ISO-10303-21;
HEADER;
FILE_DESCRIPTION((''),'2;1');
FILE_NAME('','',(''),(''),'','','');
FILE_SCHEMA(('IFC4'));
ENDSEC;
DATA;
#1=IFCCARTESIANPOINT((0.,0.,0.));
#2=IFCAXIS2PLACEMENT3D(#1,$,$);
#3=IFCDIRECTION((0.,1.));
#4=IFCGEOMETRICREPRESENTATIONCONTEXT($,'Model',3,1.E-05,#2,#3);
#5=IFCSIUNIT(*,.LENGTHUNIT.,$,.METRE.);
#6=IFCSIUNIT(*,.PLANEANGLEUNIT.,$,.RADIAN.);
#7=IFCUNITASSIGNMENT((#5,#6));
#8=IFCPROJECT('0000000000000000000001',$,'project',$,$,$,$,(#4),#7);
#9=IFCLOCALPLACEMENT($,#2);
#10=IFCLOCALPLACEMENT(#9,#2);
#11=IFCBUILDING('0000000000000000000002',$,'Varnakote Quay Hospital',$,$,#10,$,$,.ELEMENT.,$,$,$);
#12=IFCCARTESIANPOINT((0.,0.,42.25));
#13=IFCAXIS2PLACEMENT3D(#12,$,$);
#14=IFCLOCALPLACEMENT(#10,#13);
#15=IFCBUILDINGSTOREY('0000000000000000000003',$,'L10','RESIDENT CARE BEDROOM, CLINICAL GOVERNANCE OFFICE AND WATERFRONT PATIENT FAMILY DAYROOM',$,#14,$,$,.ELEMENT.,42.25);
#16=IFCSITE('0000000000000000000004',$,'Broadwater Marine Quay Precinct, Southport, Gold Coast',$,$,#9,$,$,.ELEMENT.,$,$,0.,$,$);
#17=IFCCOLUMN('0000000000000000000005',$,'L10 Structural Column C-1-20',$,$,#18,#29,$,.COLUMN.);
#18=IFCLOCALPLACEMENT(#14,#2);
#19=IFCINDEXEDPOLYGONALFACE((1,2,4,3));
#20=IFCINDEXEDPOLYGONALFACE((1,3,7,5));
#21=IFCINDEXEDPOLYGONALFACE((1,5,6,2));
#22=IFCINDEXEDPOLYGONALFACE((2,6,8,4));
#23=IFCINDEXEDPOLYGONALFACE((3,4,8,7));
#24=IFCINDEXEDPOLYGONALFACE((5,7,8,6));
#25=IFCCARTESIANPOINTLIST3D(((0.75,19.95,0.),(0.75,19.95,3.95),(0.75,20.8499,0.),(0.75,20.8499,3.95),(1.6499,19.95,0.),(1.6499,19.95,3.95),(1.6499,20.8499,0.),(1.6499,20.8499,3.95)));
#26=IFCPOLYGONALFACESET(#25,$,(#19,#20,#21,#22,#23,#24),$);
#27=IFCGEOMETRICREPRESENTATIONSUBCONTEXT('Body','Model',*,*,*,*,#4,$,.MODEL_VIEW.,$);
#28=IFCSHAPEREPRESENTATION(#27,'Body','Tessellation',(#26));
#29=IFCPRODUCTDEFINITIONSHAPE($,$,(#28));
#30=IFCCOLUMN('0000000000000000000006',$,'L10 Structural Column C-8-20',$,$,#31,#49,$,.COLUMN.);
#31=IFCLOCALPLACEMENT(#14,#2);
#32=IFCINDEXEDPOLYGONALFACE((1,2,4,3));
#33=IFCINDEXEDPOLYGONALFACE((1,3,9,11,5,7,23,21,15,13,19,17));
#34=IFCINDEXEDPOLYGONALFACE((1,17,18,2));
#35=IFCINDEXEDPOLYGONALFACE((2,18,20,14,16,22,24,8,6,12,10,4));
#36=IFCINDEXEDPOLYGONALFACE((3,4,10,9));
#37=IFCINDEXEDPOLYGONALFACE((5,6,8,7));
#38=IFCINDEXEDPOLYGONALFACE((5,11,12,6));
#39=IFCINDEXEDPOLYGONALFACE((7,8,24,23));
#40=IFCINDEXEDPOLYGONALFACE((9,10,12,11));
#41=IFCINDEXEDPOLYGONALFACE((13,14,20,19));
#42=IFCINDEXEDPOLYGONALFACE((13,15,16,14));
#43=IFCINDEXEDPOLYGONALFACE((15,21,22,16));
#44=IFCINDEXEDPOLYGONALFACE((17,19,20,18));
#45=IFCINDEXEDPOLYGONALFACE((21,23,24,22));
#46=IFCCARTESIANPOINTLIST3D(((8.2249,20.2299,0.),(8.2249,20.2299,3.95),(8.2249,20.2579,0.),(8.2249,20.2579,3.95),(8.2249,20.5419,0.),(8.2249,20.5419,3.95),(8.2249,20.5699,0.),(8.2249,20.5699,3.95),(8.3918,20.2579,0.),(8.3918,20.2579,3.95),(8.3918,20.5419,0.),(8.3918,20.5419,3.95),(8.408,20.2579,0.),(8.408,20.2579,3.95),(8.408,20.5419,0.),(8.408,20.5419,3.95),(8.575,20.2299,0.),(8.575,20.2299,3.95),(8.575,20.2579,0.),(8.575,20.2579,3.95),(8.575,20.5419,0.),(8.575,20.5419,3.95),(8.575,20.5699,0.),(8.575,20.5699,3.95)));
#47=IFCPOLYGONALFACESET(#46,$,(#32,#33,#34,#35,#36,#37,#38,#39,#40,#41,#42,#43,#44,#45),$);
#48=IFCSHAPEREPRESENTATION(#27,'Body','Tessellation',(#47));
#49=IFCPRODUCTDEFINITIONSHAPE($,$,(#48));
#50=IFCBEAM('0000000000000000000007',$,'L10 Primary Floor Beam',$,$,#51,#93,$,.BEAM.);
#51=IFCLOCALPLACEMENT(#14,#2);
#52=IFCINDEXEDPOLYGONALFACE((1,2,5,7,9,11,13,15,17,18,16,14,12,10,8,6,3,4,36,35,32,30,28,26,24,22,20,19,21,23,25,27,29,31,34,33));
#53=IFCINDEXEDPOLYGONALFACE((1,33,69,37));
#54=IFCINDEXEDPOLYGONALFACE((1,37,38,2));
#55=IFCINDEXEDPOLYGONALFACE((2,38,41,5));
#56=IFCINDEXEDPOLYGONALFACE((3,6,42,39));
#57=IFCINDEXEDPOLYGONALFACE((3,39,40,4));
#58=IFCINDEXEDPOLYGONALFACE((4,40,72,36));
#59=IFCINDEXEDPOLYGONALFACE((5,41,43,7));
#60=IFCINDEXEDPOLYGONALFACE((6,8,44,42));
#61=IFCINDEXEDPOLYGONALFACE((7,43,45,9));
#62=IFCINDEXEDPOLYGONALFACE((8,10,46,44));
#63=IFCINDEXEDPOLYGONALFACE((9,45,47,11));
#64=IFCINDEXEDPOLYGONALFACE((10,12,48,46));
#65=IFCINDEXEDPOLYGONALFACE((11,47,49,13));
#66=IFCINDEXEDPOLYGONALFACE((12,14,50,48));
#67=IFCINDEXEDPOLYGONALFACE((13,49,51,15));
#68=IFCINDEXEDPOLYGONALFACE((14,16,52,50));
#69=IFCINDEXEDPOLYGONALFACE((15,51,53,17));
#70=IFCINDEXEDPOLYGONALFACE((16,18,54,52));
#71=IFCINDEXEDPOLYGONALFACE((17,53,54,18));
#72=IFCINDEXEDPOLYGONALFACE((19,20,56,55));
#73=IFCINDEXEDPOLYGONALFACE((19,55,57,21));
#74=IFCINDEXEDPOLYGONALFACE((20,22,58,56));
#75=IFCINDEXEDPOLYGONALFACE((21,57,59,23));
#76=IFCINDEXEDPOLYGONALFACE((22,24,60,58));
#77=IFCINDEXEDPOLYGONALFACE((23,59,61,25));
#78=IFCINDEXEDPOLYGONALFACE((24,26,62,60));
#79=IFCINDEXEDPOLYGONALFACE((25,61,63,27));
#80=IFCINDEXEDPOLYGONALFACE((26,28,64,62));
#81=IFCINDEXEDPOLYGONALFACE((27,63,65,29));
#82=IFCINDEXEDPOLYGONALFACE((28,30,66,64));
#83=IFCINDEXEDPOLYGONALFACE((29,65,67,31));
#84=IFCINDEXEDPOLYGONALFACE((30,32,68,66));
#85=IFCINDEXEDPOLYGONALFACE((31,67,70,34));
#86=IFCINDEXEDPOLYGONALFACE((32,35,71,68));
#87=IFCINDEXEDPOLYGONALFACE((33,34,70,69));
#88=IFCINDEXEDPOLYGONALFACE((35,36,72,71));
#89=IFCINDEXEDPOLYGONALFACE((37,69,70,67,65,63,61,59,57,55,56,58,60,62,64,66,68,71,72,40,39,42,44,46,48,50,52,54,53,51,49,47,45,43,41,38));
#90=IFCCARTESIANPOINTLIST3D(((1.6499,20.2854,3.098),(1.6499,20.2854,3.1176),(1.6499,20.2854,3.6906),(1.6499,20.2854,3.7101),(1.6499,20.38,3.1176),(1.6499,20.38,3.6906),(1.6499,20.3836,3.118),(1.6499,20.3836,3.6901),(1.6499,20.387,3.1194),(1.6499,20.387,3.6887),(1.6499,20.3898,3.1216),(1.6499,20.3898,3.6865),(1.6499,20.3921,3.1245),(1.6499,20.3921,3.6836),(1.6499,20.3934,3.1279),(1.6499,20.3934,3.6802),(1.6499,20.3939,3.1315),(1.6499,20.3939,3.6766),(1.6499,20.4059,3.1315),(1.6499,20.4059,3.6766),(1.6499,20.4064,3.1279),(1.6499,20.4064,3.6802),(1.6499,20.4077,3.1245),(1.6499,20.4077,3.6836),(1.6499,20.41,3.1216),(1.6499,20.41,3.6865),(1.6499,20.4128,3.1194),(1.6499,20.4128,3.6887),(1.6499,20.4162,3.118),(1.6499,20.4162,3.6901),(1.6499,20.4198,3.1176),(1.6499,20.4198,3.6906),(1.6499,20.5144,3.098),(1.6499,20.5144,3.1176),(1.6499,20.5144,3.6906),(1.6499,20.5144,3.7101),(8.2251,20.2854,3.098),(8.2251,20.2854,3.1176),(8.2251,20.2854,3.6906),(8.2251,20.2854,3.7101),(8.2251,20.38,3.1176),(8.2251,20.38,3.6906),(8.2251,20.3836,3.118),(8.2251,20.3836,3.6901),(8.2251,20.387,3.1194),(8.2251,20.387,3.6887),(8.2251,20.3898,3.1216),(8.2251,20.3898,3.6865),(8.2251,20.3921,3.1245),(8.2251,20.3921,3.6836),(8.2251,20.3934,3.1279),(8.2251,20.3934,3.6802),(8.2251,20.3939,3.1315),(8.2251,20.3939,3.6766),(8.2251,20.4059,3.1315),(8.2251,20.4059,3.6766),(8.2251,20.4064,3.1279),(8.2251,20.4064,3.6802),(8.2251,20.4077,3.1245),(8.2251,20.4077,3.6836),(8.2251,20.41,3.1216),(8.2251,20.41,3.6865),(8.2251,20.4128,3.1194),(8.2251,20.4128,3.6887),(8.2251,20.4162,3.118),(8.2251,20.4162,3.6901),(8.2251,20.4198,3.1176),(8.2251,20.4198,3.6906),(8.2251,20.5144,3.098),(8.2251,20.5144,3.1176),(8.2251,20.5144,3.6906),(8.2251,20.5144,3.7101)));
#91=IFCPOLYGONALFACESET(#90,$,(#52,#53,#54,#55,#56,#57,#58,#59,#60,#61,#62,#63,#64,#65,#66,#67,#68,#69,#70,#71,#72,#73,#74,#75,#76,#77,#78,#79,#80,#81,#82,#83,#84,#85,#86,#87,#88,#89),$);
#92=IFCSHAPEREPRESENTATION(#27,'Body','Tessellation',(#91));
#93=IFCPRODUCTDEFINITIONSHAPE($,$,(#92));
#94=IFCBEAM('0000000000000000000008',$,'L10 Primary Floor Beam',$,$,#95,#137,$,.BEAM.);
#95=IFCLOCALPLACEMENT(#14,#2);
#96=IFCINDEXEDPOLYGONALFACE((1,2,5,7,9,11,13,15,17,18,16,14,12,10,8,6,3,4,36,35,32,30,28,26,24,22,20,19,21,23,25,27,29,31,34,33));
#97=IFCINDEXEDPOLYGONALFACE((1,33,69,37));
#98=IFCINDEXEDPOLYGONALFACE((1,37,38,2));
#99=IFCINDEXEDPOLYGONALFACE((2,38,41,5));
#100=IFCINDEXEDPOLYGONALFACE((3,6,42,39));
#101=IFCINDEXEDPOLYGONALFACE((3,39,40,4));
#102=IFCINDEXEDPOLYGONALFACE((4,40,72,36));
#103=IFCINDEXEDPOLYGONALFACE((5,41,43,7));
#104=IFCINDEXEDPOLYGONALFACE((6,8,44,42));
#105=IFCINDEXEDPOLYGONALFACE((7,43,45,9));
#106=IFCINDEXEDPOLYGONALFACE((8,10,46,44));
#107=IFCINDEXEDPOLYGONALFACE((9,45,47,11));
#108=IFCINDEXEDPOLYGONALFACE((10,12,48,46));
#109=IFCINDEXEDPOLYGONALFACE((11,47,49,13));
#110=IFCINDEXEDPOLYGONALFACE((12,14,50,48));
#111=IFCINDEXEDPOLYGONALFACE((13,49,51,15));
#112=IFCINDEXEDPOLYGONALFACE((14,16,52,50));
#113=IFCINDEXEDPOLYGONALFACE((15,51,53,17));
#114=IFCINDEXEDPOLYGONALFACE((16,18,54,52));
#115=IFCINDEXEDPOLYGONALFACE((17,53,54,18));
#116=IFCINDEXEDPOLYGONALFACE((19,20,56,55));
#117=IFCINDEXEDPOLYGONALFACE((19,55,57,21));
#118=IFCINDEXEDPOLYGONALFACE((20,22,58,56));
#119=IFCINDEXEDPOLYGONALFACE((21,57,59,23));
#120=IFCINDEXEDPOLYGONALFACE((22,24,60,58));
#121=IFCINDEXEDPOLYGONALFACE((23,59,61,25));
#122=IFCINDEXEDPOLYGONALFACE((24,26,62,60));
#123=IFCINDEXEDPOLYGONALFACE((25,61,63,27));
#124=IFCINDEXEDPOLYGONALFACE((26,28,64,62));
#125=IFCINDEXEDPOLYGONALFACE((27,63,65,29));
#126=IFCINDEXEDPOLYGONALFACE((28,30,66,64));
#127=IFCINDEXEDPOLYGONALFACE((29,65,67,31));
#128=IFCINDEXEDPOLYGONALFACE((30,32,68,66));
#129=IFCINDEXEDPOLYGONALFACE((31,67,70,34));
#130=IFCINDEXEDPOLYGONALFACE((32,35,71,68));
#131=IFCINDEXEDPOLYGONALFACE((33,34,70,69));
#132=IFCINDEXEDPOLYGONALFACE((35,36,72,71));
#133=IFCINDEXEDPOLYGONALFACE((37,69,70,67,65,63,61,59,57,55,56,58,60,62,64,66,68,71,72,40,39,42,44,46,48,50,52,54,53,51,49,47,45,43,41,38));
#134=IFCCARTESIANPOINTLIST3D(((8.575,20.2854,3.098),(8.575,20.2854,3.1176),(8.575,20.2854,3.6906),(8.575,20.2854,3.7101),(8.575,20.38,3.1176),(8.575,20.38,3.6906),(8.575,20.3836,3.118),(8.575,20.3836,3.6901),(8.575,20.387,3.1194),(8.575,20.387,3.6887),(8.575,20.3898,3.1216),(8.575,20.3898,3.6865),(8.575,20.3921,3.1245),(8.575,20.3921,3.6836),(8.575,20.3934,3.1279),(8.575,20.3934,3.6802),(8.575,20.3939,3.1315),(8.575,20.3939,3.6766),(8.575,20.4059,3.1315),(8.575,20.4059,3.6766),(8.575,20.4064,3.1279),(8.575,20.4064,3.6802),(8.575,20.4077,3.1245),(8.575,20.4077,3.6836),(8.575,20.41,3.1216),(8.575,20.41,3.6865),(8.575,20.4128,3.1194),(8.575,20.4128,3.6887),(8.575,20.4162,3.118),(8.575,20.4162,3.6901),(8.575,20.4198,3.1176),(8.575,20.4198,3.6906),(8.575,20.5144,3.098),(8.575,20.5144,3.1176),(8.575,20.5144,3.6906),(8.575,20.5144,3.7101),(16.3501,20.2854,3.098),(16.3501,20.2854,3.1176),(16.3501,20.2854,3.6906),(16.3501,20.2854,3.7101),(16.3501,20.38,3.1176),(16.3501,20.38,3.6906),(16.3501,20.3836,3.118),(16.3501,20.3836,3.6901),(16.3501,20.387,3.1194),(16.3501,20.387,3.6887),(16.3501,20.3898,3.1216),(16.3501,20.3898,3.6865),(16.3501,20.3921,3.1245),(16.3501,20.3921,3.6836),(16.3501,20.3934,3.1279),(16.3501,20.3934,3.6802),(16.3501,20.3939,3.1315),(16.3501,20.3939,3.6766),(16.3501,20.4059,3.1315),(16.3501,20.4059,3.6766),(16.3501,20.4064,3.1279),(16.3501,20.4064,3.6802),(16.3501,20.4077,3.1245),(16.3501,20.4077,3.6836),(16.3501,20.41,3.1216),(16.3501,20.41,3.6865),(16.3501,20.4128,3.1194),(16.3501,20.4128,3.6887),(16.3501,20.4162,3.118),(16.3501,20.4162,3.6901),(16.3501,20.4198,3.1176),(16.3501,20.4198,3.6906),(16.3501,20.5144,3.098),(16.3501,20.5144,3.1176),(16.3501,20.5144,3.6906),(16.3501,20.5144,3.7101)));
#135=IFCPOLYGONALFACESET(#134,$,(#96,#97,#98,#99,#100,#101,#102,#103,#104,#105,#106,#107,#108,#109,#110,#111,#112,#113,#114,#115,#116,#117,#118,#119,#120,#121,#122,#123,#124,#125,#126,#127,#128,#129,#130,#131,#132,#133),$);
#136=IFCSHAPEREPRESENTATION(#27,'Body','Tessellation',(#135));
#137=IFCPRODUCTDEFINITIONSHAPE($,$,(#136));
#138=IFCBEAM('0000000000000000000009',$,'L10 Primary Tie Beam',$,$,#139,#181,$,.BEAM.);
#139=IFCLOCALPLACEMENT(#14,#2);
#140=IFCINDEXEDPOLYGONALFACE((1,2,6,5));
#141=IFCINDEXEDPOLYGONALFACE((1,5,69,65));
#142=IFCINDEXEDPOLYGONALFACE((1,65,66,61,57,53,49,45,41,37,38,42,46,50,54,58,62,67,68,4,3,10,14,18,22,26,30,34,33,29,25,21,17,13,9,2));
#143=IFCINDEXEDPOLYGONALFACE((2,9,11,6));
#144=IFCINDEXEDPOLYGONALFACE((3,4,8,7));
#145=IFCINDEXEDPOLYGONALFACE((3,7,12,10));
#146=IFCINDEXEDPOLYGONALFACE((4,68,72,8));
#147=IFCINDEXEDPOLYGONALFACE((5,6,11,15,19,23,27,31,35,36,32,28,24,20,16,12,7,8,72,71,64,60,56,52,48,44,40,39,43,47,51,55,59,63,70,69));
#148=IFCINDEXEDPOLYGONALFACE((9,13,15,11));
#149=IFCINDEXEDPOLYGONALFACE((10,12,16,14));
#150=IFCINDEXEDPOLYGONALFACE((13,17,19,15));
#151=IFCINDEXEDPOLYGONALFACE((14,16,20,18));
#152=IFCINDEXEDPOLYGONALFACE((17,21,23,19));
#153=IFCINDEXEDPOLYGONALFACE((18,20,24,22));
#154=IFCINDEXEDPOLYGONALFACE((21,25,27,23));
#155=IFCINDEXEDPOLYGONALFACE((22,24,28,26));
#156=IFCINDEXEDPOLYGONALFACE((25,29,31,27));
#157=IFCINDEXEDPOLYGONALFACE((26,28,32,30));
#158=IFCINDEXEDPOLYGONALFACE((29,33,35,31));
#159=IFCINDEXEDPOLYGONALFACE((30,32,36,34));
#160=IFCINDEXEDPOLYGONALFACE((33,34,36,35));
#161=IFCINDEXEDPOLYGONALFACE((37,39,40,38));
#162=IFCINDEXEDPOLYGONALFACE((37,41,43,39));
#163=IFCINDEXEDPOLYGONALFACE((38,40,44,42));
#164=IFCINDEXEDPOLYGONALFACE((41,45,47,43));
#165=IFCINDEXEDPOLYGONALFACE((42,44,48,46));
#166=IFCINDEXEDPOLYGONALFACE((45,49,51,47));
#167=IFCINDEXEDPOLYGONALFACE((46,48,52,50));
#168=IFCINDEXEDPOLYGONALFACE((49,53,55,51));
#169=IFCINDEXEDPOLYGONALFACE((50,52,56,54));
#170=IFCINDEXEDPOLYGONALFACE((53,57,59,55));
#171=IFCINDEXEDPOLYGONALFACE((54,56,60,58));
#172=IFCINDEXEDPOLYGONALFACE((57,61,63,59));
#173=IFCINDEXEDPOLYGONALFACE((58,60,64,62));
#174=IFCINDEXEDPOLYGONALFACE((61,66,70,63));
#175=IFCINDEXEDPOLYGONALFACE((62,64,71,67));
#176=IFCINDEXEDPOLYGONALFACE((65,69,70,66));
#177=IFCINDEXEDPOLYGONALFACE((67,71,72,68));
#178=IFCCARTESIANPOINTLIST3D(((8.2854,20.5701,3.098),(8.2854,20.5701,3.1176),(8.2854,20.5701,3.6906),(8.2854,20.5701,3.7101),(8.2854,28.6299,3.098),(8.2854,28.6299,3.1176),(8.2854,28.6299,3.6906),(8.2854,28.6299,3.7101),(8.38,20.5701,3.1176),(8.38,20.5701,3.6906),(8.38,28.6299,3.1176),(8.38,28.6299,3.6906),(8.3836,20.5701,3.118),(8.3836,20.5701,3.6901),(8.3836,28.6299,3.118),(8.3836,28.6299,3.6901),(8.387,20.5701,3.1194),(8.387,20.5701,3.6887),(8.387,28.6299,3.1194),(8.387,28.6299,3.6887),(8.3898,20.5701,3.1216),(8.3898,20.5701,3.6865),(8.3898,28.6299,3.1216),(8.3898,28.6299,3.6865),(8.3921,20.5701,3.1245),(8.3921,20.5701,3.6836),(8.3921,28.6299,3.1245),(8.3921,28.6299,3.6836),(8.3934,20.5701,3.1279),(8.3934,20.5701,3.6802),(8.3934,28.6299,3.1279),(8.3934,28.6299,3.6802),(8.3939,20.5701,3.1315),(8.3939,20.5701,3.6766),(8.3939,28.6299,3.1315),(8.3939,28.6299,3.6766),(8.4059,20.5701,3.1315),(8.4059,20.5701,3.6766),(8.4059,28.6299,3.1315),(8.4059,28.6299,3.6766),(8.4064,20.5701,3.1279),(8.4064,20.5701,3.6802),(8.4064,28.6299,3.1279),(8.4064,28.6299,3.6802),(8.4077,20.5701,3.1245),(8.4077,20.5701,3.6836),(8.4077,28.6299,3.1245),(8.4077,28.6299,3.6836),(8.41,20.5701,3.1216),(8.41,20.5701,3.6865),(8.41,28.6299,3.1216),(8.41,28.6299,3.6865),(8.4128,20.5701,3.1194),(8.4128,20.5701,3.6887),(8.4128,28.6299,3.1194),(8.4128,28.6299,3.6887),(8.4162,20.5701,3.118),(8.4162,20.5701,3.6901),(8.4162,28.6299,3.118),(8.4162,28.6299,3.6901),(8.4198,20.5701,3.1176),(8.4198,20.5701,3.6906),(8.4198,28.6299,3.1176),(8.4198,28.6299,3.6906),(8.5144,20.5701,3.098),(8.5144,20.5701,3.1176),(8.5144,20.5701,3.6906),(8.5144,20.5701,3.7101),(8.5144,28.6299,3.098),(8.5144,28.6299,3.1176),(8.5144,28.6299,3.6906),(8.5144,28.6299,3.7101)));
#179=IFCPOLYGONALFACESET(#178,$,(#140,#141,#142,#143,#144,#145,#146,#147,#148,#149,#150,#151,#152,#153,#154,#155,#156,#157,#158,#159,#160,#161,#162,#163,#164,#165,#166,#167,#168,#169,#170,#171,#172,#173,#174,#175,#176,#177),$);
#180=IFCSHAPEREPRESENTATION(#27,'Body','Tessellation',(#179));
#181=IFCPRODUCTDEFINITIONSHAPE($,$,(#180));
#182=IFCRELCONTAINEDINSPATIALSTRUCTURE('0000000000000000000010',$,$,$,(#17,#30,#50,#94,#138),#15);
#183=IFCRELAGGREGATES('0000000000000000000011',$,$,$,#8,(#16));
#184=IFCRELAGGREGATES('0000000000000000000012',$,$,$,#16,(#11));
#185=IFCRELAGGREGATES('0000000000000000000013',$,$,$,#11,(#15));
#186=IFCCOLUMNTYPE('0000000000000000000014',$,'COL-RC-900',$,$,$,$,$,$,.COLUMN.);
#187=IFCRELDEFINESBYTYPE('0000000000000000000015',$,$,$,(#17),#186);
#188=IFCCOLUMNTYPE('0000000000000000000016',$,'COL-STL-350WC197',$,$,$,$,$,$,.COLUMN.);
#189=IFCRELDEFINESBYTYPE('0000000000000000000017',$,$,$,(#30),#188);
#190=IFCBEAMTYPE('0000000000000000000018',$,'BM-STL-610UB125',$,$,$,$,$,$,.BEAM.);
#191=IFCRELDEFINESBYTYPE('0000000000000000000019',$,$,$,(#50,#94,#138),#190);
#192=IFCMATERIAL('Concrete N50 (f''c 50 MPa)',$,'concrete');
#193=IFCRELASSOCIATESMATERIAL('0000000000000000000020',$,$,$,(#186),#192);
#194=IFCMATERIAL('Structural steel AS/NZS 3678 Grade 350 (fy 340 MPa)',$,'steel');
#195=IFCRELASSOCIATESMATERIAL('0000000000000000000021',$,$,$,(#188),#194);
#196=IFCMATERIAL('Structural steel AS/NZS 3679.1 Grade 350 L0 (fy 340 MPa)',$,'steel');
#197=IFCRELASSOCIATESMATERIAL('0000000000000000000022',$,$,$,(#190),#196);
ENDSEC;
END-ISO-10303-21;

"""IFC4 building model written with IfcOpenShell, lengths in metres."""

from ifc_helpers import new_model, si_unit, direction, frame, origin, origin_2d, place, context, subcontext, project, spatial, rectangle, i_section, extrude, material, material_profile, profile_set, type_object, element, save


model = new_model("IFC4")

# Units and contexts
model_context = context("Model", 3, precision=1e-05, world=origin(), true_north=direction((0.0, 1.0)))
body_context = subcontext(model_context, "Body", "Model", "MODEL_VIEW")
ifc_project = project(units=[si_unit("LENGTHUNIT", "METRE"), si_unit("PLANEANGLEUNIT", "RADIAN")], contexts=[model_context])

# Site, building, storey
site_placement = place(None, origin())
site = spatial("IfcSite", under=ifc_project, at=site_placement, Name="Broadwater Marine Quay Precinct, Southport, Gold Coast", CompositionType="ELEMENT", RefElevation=0.0)
building_placement = place(site_placement, origin())
building = spatial("IfcBuilding", under=site, at=building_placement, Name="Varnakote Quay Hospital", CompositionType="ELEMENT")
storey_placement = place(building_placement, frame((0.0, 0.0, 42.25)))
storey = spatial("IfcBuildingStorey", under=building, at=storey_placement, Name="L10", Description="RESIDENT CARE BEDROOM, CLINICAL GOVERNANCE OFFICE AND WATERFRONT PATIENT FAMILY DAYROOM", CompositionType="ELEMENT", Elevation=42.25)

# Columns
ifc_material_1 = material(Name="Concrete N50 (f'c 50 MPa)", Category="concrete")
ifc_material_profile_1 = material_profile(ifc_material_1, rectangle(XDim=0.8999, YDim=0.8999, at=origin_2d()), Name="RC-COL-900x900")
ifc_profile_set_1 = profile_set([ifc_material_profile_1], Name="Concrete N50 (f'c 50 MPa)")
column_type_1 = type_object("IfcColumnType", Name="COL-RC-900", PredefinedType="COLUMN", material=ifc_profile_set_1)
column_1_placement = place(storey_placement, frame((1.2, 20.3999, 0.0), z_axis=(0.0, 0.0, 1.0), x_axis=(1.0, 0.0, 0.0)))
element("IfcColumn", 1, at=column_1_placement, inside=storey, type_object=column_type_1, Name="L10 Structural Column C-1-20", PredefinedType="COLUMN", context=body_context, shape_type="SweptSolid", body=[
    extrude(rectangle(XDim=0.8999, YDim=0.8999, at=origin_2d()), origin(), (0.0, 0.0, 1.0), 3.95),
])
ifc_material_2 = material(Name="Structural steel AS/NZS 3678 Grade 350 (fy 340 MPa)", Category="steel")
ifc_material_profile_2 = material_profile(ifc_material_2, i_section(OverallWidth=0.3501, OverallDepth=0.3401, WebThickness=0.0161, FlangeThickness=0.0281, at=origin_2d()), Name="350WC197")
ifc_profile_set_2 = profile_set([ifc_material_profile_2], Name="Structural steel AS/NZS 3678 Grade 350 (fy 340 MPa)")
column_type_2 = type_object("IfcColumnType", Name="COL-STL-350WC197", PredefinedType="COLUMN", material=ifc_profile_set_2)
column_2_placement = place(storey_placement, frame((8.3999, 20.3999, 0.0), z_axis=(0.0, 0.0, 1.0), x_axis=(1.0, 0.0, 0.0)))
element("IfcColumn", 2, at=column_2_placement, inside=storey, type_object=column_type_2, Name="L10 Structural Column C-8-20", PredefinedType="COLUMN", context=body_context, shape_type="SweptSolid", body=[
    extrude(i_section(OverallWidth=0.3501, OverallDepth=0.3401, WebThickness=0.0161, FlangeThickness=0.0281, at=origin_2d()), origin(), (0.0, 0.0, 1.0), 3.95),
])

# Beams
ifc_material_3 = material(Name="Structural steel AS/NZS 3679.1 Grade 350 L0 (fy 340 MPa)", Category="steel")
ifc_material_profile_3 = material_profile(ifc_material_3, i_section(OverallWidth=0.229, OverallDepth=0.6121, WebThickness=0.012, FlangeThickness=0.0195, FilletRadius=0.0139, at=origin_2d()), Name="610UB125")
ifc_profile_set_3 = profile_set([ifc_material_profile_3], Name="Structural steel AS/NZS 3679.1 Grade 350 L0 (fy 340 MPa)")
beam_type_1 = type_object("IfcBeamType", Name="BM-STL-610UB125", PredefinedType="BEAM", material=ifc_profile_set_3)
beam_1_placement = place(storey_placement, frame((1.6499, 20.3999, 3.4041), z_axis=(1.0, 0.0, 0.0), x_axis=(0.0, 1.0, 0.0)))
element("IfcBeam", 3, at=beam_1_placement, inside=storey, type_object=beam_type_1, Name="L10 Primary Floor Beam", PredefinedType="BEAM", context=body_context, shape_type="SweptSolid", body=[
    extrude(i_section(OverallWidth=0.229, OverallDepth=0.6121, WebThickness=0.012, FlangeThickness=0.0195, FilletRadius=0.0139, at=origin_2d()), origin(), (0.0, 0.0, 1.0), 6.5752),
])
beam_2_placement = place(storey_placement, frame((8.575, 20.3999, 3.4041), z_axis=(1.0, 0.0, 0.0), x_axis=(0.0, 1.0, 0.0)))
element("IfcBeam", 4, at=beam_2_placement, inside=storey, type_object=beam_type_1, Name="L10 Primary Floor Beam", PredefinedType="BEAM", context=body_context, shape_type="SweptSolid", body=[
    extrude(i_section(OverallWidth=0.229, OverallDepth=0.6121, WebThickness=0.012, FlangeThickness=0.0195, FilletRadius=0.0139, at=origin_2d()), origin(), (0.0, 0.0, 1.0), 7.7751),
])
beam_3_placement = place(storey_placement, frame((8.3999, 20.5701, 3.4041), z_axis=(0.0, 1.0, 0.0), x_axis=(-1.0, 0.0, 0.0)))
element("IfcBeam", 5, at=beam_3_placement, inside=storey, type_object=beam_type_1, Name="L10 Primary Tie Beam", PredefinedType="BEAM", context=body_context, shape_type="SweptSolid", body=[
    extrude(i_section(OverallWidth=0.229, OverallDepth=0.6121, WebThickness=0.012, FlangeThickness=0.0195, FilletRadius=0.0139, at=origin_2d()), origin(), (0.0, 0.0, 1.0), 8.0598),
])

save(model, "model.ifc")
